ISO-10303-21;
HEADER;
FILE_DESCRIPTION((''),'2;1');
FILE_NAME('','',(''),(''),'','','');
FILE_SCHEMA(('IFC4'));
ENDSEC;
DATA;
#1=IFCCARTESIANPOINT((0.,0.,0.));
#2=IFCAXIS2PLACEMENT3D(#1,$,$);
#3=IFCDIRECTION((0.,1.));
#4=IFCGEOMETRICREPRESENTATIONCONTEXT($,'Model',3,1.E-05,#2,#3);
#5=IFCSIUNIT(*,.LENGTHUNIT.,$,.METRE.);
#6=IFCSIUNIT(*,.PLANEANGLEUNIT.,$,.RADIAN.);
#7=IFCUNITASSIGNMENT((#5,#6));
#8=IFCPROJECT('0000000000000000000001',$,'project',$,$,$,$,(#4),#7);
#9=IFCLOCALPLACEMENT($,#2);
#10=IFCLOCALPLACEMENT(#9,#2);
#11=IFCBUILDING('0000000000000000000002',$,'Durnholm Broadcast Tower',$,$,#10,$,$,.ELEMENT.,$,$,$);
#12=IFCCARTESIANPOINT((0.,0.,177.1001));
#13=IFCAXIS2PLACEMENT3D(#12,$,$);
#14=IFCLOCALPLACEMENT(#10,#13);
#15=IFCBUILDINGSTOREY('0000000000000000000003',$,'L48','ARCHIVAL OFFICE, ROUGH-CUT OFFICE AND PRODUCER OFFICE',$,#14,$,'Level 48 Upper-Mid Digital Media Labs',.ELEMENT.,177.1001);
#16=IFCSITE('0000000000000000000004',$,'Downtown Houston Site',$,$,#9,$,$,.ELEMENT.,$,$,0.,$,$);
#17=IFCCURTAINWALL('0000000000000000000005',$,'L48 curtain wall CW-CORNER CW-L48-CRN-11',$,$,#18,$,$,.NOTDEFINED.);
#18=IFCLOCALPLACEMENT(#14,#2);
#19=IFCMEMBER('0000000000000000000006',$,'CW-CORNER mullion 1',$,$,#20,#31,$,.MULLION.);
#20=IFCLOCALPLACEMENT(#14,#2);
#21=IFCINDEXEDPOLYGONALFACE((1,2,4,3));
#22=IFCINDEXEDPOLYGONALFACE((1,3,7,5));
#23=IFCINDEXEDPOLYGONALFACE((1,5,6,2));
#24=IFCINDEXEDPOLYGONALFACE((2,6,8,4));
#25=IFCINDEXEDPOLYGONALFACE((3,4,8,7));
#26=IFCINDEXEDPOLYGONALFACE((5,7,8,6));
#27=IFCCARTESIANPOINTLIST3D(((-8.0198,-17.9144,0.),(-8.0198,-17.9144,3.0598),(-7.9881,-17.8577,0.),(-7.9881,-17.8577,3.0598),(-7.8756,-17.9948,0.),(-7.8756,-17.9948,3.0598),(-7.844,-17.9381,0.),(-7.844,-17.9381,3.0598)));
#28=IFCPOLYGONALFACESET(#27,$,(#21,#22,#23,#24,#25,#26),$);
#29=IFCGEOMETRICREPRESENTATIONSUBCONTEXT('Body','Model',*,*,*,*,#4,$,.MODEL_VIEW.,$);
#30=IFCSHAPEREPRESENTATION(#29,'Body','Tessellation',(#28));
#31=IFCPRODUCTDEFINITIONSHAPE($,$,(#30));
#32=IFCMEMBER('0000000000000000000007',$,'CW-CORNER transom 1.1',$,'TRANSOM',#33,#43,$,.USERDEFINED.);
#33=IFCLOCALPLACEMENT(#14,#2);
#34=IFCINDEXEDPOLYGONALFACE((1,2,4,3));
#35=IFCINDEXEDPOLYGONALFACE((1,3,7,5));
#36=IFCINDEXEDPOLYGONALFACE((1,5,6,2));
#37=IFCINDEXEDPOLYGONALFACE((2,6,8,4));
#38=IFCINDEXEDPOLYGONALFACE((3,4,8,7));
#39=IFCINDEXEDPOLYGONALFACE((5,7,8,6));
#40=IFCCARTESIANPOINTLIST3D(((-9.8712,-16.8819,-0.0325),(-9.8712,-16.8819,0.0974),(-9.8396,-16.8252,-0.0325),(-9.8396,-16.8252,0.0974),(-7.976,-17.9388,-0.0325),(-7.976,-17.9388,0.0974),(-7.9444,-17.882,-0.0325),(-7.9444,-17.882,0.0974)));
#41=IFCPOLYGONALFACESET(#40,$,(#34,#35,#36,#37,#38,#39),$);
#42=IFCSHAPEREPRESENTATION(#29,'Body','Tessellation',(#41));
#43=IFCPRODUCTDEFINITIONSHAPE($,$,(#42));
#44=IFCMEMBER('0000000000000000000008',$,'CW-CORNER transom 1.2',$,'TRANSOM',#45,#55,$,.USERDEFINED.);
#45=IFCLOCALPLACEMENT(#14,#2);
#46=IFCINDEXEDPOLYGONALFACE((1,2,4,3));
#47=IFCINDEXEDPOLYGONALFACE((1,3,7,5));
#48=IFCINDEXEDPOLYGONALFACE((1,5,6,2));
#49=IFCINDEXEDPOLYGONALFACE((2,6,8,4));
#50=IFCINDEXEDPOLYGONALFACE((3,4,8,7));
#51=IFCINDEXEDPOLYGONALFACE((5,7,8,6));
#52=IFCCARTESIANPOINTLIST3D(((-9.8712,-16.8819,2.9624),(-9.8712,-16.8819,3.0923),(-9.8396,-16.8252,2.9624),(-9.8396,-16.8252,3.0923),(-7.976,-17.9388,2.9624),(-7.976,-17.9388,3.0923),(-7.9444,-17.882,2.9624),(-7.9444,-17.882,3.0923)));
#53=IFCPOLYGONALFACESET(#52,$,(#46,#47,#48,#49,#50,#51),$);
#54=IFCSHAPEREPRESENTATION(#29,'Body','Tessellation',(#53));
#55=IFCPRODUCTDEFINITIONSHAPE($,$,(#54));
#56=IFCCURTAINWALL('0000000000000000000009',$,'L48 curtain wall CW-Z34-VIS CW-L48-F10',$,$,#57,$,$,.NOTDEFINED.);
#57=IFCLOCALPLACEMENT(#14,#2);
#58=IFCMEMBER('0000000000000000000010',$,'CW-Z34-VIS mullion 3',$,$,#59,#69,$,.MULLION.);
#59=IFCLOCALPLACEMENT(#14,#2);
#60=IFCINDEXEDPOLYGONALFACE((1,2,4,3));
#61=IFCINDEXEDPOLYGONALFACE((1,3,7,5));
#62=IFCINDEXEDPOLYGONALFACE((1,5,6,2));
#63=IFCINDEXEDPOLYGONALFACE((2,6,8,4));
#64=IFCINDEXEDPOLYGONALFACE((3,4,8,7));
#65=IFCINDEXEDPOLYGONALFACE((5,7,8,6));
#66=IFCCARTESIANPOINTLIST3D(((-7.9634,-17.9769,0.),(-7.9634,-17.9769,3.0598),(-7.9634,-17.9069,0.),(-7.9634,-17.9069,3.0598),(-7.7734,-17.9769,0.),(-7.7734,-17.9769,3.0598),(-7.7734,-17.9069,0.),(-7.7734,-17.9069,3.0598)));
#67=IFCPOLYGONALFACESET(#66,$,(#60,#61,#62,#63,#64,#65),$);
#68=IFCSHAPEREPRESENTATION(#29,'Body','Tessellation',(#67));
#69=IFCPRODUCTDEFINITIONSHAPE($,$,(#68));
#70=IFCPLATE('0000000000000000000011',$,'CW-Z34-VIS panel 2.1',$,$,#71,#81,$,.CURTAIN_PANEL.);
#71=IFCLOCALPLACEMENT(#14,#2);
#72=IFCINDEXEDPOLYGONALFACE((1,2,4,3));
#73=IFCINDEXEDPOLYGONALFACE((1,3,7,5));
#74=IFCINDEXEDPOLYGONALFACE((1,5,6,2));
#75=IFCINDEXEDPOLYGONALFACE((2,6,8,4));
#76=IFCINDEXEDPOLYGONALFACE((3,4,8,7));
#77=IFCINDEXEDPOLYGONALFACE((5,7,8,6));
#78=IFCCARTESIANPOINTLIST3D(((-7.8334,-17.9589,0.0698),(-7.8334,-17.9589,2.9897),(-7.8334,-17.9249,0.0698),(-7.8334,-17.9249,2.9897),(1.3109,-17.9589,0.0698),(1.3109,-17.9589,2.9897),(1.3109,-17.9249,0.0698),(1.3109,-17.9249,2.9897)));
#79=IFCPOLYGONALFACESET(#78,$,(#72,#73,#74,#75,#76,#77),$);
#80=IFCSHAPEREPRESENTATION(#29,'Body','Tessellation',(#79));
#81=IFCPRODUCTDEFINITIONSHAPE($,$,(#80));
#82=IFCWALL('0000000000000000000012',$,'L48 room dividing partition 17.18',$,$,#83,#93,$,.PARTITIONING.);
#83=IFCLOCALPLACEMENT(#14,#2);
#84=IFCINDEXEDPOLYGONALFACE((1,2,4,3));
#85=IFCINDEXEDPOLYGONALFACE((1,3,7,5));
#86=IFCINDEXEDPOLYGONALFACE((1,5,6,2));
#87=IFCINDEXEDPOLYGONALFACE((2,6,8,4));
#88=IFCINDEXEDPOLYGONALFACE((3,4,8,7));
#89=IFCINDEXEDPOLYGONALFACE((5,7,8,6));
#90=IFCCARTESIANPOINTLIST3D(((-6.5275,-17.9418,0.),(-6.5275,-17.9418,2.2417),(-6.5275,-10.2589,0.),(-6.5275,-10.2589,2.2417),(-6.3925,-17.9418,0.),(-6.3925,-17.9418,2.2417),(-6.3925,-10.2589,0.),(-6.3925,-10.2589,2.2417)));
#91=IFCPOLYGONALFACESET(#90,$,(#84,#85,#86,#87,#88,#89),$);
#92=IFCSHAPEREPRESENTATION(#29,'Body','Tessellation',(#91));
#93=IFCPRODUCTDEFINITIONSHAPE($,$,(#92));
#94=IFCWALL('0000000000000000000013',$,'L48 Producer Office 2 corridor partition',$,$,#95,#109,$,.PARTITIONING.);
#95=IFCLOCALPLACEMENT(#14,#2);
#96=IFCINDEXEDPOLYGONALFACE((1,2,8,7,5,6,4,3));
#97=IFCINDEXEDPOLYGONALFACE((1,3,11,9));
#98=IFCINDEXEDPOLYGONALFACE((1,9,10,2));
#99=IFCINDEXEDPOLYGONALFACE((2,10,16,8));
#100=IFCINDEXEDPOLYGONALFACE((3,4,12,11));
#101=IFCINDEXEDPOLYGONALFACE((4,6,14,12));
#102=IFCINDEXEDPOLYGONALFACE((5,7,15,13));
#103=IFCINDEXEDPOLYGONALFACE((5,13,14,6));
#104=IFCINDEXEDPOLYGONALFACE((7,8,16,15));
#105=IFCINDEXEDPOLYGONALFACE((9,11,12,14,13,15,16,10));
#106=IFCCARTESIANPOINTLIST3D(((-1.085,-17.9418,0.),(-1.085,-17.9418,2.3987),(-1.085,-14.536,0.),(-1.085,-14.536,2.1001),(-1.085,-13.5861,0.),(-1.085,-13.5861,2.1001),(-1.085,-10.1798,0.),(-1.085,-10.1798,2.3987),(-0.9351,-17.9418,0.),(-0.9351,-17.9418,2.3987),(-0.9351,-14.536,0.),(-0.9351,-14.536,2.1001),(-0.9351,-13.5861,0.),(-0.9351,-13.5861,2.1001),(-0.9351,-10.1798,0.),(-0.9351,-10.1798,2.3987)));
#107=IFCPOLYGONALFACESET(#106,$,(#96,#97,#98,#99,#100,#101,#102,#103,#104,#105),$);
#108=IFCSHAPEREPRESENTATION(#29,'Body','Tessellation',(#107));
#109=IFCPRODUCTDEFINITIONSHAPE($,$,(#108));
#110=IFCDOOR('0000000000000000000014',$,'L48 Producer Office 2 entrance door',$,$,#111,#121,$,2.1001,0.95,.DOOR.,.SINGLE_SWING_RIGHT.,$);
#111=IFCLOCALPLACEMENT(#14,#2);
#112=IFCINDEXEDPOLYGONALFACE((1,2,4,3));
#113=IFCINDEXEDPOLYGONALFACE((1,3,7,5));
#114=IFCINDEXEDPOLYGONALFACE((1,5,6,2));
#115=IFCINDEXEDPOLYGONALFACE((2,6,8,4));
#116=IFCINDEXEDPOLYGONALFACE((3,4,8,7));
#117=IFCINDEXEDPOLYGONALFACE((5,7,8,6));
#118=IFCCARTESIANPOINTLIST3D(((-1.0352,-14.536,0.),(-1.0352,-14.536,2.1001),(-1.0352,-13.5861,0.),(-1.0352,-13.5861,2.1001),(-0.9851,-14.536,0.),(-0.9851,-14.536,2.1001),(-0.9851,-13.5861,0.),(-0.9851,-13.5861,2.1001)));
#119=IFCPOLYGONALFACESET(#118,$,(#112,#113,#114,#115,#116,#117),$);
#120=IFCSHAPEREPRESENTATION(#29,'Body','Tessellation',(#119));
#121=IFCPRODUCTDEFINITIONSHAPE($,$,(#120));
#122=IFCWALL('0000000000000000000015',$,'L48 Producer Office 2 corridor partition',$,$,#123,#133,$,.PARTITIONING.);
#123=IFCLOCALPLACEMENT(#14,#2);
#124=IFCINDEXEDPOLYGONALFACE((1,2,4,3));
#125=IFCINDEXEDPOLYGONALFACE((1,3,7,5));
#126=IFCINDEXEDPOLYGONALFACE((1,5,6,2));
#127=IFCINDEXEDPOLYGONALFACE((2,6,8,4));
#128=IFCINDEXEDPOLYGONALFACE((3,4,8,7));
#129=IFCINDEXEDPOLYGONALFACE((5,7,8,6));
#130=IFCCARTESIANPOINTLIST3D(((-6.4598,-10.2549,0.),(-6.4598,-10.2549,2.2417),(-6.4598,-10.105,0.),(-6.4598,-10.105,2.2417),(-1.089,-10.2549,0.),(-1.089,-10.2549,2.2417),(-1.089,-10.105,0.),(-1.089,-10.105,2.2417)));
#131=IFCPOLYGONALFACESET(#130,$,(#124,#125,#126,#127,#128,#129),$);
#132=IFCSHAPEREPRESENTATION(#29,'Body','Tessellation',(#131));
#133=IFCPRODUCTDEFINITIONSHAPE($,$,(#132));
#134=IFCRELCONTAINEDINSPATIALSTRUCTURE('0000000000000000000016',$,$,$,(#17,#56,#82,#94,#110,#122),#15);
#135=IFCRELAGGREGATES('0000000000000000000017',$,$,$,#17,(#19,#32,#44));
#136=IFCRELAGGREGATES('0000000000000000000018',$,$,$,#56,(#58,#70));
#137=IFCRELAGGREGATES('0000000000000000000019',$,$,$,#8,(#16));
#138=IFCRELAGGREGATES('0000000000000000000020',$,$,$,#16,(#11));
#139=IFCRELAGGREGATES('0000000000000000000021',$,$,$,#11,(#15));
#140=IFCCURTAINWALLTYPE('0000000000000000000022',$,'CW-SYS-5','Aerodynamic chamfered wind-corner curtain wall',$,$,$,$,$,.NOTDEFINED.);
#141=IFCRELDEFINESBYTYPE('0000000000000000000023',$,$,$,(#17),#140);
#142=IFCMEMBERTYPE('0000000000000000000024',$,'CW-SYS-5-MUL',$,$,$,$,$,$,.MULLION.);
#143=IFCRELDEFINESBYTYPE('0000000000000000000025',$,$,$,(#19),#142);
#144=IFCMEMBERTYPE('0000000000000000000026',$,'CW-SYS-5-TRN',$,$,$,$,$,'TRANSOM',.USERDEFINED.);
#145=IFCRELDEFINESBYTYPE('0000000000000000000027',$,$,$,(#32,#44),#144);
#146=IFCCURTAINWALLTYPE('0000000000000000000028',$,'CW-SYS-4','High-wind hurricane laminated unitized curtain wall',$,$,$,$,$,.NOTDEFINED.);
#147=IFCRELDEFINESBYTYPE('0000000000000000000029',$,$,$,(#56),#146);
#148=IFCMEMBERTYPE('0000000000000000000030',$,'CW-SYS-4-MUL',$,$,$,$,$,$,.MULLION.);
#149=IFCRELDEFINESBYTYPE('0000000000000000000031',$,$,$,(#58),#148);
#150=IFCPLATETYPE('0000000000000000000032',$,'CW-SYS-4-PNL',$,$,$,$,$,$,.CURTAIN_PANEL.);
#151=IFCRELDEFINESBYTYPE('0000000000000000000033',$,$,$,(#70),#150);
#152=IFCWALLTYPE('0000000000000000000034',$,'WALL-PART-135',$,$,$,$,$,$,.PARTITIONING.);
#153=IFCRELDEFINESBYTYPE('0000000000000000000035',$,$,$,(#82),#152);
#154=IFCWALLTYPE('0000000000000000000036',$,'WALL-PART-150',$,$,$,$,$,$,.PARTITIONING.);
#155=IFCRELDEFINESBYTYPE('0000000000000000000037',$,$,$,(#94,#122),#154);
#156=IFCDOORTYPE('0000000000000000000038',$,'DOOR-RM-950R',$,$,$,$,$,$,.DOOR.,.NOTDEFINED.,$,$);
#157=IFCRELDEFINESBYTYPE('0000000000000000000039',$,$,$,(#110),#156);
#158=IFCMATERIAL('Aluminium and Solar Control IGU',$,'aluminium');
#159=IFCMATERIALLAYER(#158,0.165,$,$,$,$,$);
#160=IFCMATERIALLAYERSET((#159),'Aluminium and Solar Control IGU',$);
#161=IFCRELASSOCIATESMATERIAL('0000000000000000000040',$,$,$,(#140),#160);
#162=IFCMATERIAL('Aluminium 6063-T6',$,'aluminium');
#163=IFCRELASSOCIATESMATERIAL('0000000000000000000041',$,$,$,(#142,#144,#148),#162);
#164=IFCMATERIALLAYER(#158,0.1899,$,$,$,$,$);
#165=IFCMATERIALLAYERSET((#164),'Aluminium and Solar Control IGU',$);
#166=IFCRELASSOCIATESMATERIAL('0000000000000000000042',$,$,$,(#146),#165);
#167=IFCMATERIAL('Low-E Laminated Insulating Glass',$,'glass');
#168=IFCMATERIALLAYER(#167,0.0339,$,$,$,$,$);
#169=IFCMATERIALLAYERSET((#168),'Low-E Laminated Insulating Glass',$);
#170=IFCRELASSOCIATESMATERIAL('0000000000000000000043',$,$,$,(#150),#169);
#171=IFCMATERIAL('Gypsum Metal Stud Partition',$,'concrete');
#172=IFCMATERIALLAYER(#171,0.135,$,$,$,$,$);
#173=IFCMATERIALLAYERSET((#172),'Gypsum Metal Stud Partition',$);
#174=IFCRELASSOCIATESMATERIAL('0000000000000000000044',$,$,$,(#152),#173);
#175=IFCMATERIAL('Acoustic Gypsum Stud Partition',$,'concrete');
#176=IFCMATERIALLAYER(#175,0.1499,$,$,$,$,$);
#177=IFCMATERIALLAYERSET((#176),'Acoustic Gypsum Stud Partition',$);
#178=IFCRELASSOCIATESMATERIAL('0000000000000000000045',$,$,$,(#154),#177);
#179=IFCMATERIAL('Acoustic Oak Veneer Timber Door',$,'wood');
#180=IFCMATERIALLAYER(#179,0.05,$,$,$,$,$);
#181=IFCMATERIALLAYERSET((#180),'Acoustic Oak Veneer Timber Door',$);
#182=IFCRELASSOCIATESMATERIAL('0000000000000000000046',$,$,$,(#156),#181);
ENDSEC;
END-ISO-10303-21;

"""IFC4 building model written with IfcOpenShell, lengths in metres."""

from ifc_helpers import new_model, si_unit, direction, frame, frame_2d, origin, origin_2d, place, context, subcontext, project, spatial, rectangle, extrude, source, transform, mapped, material, layer, layer_set, material_profile, profile_set, type_object, type_shapes, element, fill, aggregate, save


model = new_model("IFC4")

# Units and contexts
model_context = context("Model", 3, precision=1e-05, world=origin(), true_north=direction((0.0, 1.0)))
body_context = subcontext(model_context, "Body", "Model", "MODEL_VIEW")
ifc_project = project(units=[si_unit("LENGTHUNIT", "METRE"), si_unit("PLANEANGLEUNIT", "RADIAN")], contexts=[model_context])

# Site, building, storey
site_placement = place(None, origin())
site = spatial("IfcSite", under=ifc_project, at=site_placement, Name="Downtown Houston Site", CompositionType="ELEMENT", RefElevation=0.0)
building_placement = place(site_placement, origin())
building = spatial("IfcBuilding", under=site, at=building_placement, Name="Durnholm Broadcast Tower", CompositionType="ELEMENT")
storey_placement = place(building_placement, frame((0.0, 0.0, 177.1001)))
storey = spatial("IfcBuildingStorey", under=building, at=storey_placement, Name="L48", Description="ARCHIVAL OFFICE, ROUGH-CUT OFFICE AND PRODUCER OFFICE", LongName="Level 48 Upper-Mid Digital Media Labs", CompositionType="ELEMENT", Elevation=177.1001)

# Curtain wall, members
ifc_material_1 = material(Name="Aluminium and Solar Control IGU", Category="aluminium")
ifc_layer_1 = layer(ifc_material_1, 0.165)
ifc_layer_set_1 = layer_set([ifc_layer_1], Name="Aluminium and Solar Control IGU")
curtain_wall_type_1 = type_object("IfcCurtainWallType", Name="CW-SYS-5", Description="Aerodynamic chamfered wind-corner curtain wall", PredefinedType="NOTDEFINED", material=ifc_layer_set_1)
curtain_wall_1_placement = place(storey_placement, origin())
curtain_wall_1 = element("IfcCurtainWall", 1, at=curtain_wall_1_placement, inside=storey, type_object=curtain_wall_type_1, Name="L48 curtain wall CW-CORNER CW-L48-CRN-11", PredefinedType="NOTDEFINED")
ifc_material_2 = material(Name="Aluminium 6063-T6", Category="aluminium")
ifc_material_profile_1 = material_profile(ifc_material_2, rectangle(XDim=0.0649, YDim=0.165, at=origin_2d()), Name="CWM65X165")
ifc_profile_set_1 = profile_set([ifc_material_profile_1], Name="Aluminium 6063-T6")
member_type_1 = type_object("IfcMemberType", Name="CW-SYS-5-MUL", PredefinedType="MULLION", material=ifc_profile_set_1)
shared_shape_1 = source(origin(), body_context, "Body", "SweptSolid", [
    extrude(rectangle(XDim=0.0649, YDim=0.165, at=origin_2d()), origin(), (0.0, 0.0, 1.0), 3.0598),
])
type_shapes(member_type_1, [shared_shape_1])
member_1_placement = place(storey_placement, frame((-7.9319, -17.9263, 0.0), z_axis=(0.0, 0.0, 1.0), x_axis=(-0.486986, -0.87341, 0.0)))
member_1 = element("IfcMember", 2, at=member_1_placement, type_object=member_type_1, Name="CW-CORNER mullion 1", PredefinedType="MULLION", context=body_context, shape_type="MappedRepresentation", body=[
    mapped(shared_shape_1, transform((0.0, 0.0, 0.0), x_axis=(1.0, 0.0, 0.0), y_axis=(0.0, 1.0, 0.0), z_axis=(0.0, 0.0, 1.0), scale=1.0)),
])
ifc_material_profile_2 = material_profile(ifc_material_2, rectangle(XDim=0.0649, YDim=0.1299, at=origin_2d()), Name="CWT65X130")
ifc_profile_set_2 = profile_set([ifc_material_profile_2], Name="Aluminium 6063-T6")
member_type_2 = type_object("IfcMemberType", Name="CW-SYS-5-TRN", ElementType="TRANSOM", PredefinedType="USERDEFINED", material=ifc_profile_set_2)
shared_shape_2 = source(origin(), body_context, "Body", "SweptSolid", [
    extrude(rectangle(XDim=0.0649, YDim=0.1299, at=origin_2d()), origin(), (0.0, 0.0, 1.0), 2.1699),
])
type_shapes(member_type_2, [shared_shape_2])
member_2_placement = place(storey_placement, frame((-7.9602, -17.9104, 0.0325), z_axis=(-0.873381, 0.487037, 0.0), x_axis=(-0.487037, -0.873381, 0.0)))
member_2 = element("IfcMember", 3, at=member_2_placement, type_object=member_type_2, Name="CW-CORNER transom 1.1", ObjectType="TRANSOM", PredefinedType="USERDEFINED", context=body_context, shape_type="MappedRepresentation", body=[
    mapped(shared_shape_2, transform((0.0, 0.0, 0.0), x_axis=(1.0, 0.0, 0.0), y_axis=(0.0, 1.0, 0.0), z_axis=(0.0, 0.0, 1.0), scale=1.0)),
])
member_3_placement = place(storey_placement, frame((-7.9602, -17.9104, 3.0273), z_axis=(-0.873381, 0.487037, 0.0), x_axis=(-0.487037, -0.873381, 0.0)))
member_3 = element("IfcMember", 4, at=member_3_placement, type_object=member_type_2, Name="CW-CORNER transom 1.2", ObjectType="TRANSOM", PredefinedType="USERDEFINED", context=body_context, shape_type="MappedRepresentation", body=[
    mapped(shared_shape_2, transform((0.0, 0.0, 0.0), x_axis=(1.0, 0.0, 0.0), y_axis=(0.0, 1.0, 0.0), z_axis=(0.0, 0.0, 1.0), scale=1.0)),
])
aggregate(curtain_wall_1, [member_1, member_2, member_3])

# Curtain wall, member, plate
ifc_layer_2 = layer(ifc_material_1, 0.1899)
ifc_layer_set_2 = layer_set([ifc_layer_2], Name="Aluminium and Solar Control IGU")
curtain_wall_type_2 = type_object("IfcCurtainWallType", Name="CW-SYS-4", Description="High-wind hurricane laminated unitized curtain wall", PredefinedType="NOTDEFINED", material=ifc_layer_set_2)
curtain_wall_2_placement = place(storey_placement, origin())
curtain_wall_2 = element("IfcCurtainWall", 5, at=curtain_wall_2_placement, inside=storey, type_object=curtain_wall_type_2, Name="L48 curtain wall CW-Z34-VIS CW-L48-F10", PredefinedType="NOTDEFINED")
ifc_material_profile_3 = material_profile(ifc_material_2, rectangle(XDim=0.0701, YDim=0.1899, at=origin_2d()), Name="CWM70X190")
ifc_profile_set_3 = profile_set([ifc_material_profile_3], Name="Aluminium 6063-T6")
member_type_3 = type_object("IfcMemberType", Name="CW-SYS-4-MUL", PredefinedType="MULLION", material=ifc_profile_set_3)
shared_shape_3 = source(origin(), body_context, "Body", "SweptSolid", [
    extrude(rectangle(XDim=0.0701, YDim=0.1899, at=origin_2d()), origin(), (0.0, 0.0, 1.0), 3.0598),
])
type_shapes(member_type_3, [shared_shape_3])
member_4_placement = place(storey_placement, frame((-7.8684, -17.9419, 0.0), z_axis=(0.0, 0.0, 1.0), x_axis=(0.0, -1.0, 0.0)))
member_4 = element("IfcMember", 6, at=member_4_placement, type_object=member_type_3, Name="CW-Z34-VIS mullion 3", PredefinedType="MULLION", context=body_context, shape_type="MappedRepresentation", body=[
    mapped(shared_shape_3, transform((0.0, 0.0, 0.0), x_axis=(1.0, 0.0, 0.0), y_axis=(0.0, 1.0, 0.0), z_axis=(0.0, 0.0, 1.0), scale=1.0)),
])
ifc_material_3 = material(Name="Low-E Laminated Insulating Glass", Category="glass")
ifc_layer_3 = layer(ifc_material_3, 0.0339)
ifc_layer_set_3 = layer_set([ifc_layer_3], Name="Low-E Laminated Insulating Glass")
plate_type = type_object("IfcPlateType", Name="CW-SYS-4-PNL", PredefinedType="CURTAIN_PANEL", material=ifc_layer_set_3)
shared_shape_4 = source(origin(), body_context, "Body", "SweptSolid", [
    extrude(rectangle(XDim=9.1443, YDim=0.0339, at=origin_2d()), origin(), (0.0, 0.0, 1.0), 2.9199),
])
type_shapes(plate_type, [shared_shape_4])
plate_placement = place(storey_placement, frame((-3.2612, -17.9419, 0.0698), z_axis=(0.0, 0.0, 1.0), x_axis=(-1.0, 0.0, 0.0)))
plate = element("IfcPlate", 7, at=plate_placement, type_object=plate_type, Name="CW-Z34-VIS panel 2.1", PredefinedType="CURTAIN_PANEL", context=body_context, shape_type="MappedRepresentation", body=[
    mapped(shared_shape_4, transform((0.0, 0.0, 0.0), x_axis=(1.0, 0.0, 0.0), y_axis=(0.0, 1.0, 0.0), z_axis=(0.0, 0.0, 1.0), scale=1.0)),
])
aggregate(curtain_wall_2, [member_4, plate])

# Wall
ifc_material_4 = material(Name="Gypsum Metal Stud Partition", Category="concrete")
ifc_layer_4 = layer(ifc_material_4, 0.135)
ifc_layer_set_4 = layer_set([ifc_layer_4], Name="Gypsum Metal Stud Partition")
wall_type_1 = type_object("IfcWallType", Name="WALL-PART-135", PredefinedType="PARTITIONING", material=ifc_layer_set_4)
wall_1_placement = place(storey_placement, frame((-6.46, -10.259, 0.0), z_axis=(0.0, 0.0, 1.0), x_axis=(0.0, -1.0, 0.0)))
element("IfcWall", 8, at=wall_1_placement, inside=storey, type_object=wall_type_1, Name="L48 room dividing partition 17.18", PredefinedType="PARTITIONING", context=body_context, shape_type="SweptSolid", body=[
    extrude(rectangle(XDim=7.6829, YDim=0.135, at=frame_2d((3.8413, 0.0))), origin(), (0.0, 0.0, 1.0), 2.2417),
])

# Wall, opening, door
ifc_material_5 = material(Name="Acoustic Gypsum Stud Partition", Category="concrete")
ifc_layer_5 = layer(ifc_material_5, 0.1499)
ifc_layer_set_5 = layer_set([ifc_layer_5], Name="Acoustic Gypsum Stud Partition")
wall_type_2 = type_object("IfcWallType", Name="WALL-PART-150", PredefinedType="PARTITIONING", material=ifc_layer_set_5)
wall_2_placement = place(storey_placement, frame((-1.01, -10.1799, 0.0), z_axis=(0.0, 0.0, 1.0), x_axis=(0.0, -1.0, 0.0)))
wall_2 = element("IfcWall", 9, at=wall_2_placement, inside=storey, type_object=wall_type_2, Name="L48 Producer Office 2 corridor partition", PredefinedType="PARTITIONING", context=body_context, shape_type="SweptSolid", body=[
    extrude(rectangle(XDim=7.762, YDim=0.1499, at=frame_2d((3.8809, 0.0))), origin(), (0.0, 0.0, 1.0), 2.3987),
])
opening_placement = place(wall_2_placement, frame((3.406, 0.0, 0.0)))
opening = element("IfcOpeningElement", 10, at=opening_placement, cuts=wall_2, PredefinedType="OPENING", context=body_context, shape_type="SweptSolid", body=[
    extrude(rectangle(XDim=0.95, YDim=2.1001, at=frame_2d((0.4751, 1.05))), frame((0.0, 0.085, 0.0), z_axis=(0.0, -1.0, 0.0), x_axis=(1.0, 0.0, 0.0)), (0.0, 0.0, 1.0), 0.1699),
])
ifc_material_6 = material(Name="Acoustic Oak Veneer Timber Door", Category="wood")
ifc_layer_6 = layer(ifc_material_6, 0.05)
ifc_layer_set_6 = layer_set([ifc_layer_6], Name="Acoustic Oak Veneer Timber Door")
door_type = type_object("IfcDoorType", Name="DOOR-RM-950R", OperationType="NOTDEFINED", PredefinedType="DOOR", material=ifc_layer_set_6)
shared_shape_5 = source(origin(), body_context, "Body", "SweptSolid", [
    extrude(rectangle(XDim=0.95, YDim=2.1001, at=frame_2d((0.4751, 1.05))), frame((0.0, 0.0249, 0.0), z_axis=(0.0, -1.0, 0.0), x_axis=(1.0, 0.0, 0.0)), (0.0, 0.0, 1.0), 0.05),
])
type_shapes(door_type, [shared_shape_5])
door_placement = place(opening_placement, origin())
door = element("IfcDoor", 11, at=door_placement, inside=storey, type_object=door_type, Name="L48 Producer Office 2 entrance door", OperationType="SINGLE_SWING_RIGHT", OverallHeight=2.1001, OverallWidth=0.95, PredefinedType="DOOR", context=body_context, shape_type="MappedRepresentation", body=[
    mapped(shared_shape_5, transform((0.0, 0.0, 0.0), x_axis=(1.0, 0.0, 0.0), y_axis=(0.0, 1.0, 0.0), z_axis=(0.0, 0.0, 1.0), scale=1.0)),
])
fill(opening, door)

# Wall
wall_3_placement = place(storey_placement, frame((-6.46, -10.1799, 0.0), z_axis=(0.0, 0.0, 1.0), x_axis=(1.0, 0.0, 0.0)))
element("IfcWall", 12, at=wall_3_placement, inside=storey, type_object=wall_type_2, Name="L48 Producer Office 2 corridor partition", PredefinedType="PARTITIONING", context=body_context, shape_type="SweptSolid", body=[
    extrude(rectangle(XDim=5.3708, YDim=0.1499, at=frame_2d((2.6855, 0.0))), origin(), (0.0, 0.0, 1.0), 2.2417),
])

save(model, "model.ifc")
